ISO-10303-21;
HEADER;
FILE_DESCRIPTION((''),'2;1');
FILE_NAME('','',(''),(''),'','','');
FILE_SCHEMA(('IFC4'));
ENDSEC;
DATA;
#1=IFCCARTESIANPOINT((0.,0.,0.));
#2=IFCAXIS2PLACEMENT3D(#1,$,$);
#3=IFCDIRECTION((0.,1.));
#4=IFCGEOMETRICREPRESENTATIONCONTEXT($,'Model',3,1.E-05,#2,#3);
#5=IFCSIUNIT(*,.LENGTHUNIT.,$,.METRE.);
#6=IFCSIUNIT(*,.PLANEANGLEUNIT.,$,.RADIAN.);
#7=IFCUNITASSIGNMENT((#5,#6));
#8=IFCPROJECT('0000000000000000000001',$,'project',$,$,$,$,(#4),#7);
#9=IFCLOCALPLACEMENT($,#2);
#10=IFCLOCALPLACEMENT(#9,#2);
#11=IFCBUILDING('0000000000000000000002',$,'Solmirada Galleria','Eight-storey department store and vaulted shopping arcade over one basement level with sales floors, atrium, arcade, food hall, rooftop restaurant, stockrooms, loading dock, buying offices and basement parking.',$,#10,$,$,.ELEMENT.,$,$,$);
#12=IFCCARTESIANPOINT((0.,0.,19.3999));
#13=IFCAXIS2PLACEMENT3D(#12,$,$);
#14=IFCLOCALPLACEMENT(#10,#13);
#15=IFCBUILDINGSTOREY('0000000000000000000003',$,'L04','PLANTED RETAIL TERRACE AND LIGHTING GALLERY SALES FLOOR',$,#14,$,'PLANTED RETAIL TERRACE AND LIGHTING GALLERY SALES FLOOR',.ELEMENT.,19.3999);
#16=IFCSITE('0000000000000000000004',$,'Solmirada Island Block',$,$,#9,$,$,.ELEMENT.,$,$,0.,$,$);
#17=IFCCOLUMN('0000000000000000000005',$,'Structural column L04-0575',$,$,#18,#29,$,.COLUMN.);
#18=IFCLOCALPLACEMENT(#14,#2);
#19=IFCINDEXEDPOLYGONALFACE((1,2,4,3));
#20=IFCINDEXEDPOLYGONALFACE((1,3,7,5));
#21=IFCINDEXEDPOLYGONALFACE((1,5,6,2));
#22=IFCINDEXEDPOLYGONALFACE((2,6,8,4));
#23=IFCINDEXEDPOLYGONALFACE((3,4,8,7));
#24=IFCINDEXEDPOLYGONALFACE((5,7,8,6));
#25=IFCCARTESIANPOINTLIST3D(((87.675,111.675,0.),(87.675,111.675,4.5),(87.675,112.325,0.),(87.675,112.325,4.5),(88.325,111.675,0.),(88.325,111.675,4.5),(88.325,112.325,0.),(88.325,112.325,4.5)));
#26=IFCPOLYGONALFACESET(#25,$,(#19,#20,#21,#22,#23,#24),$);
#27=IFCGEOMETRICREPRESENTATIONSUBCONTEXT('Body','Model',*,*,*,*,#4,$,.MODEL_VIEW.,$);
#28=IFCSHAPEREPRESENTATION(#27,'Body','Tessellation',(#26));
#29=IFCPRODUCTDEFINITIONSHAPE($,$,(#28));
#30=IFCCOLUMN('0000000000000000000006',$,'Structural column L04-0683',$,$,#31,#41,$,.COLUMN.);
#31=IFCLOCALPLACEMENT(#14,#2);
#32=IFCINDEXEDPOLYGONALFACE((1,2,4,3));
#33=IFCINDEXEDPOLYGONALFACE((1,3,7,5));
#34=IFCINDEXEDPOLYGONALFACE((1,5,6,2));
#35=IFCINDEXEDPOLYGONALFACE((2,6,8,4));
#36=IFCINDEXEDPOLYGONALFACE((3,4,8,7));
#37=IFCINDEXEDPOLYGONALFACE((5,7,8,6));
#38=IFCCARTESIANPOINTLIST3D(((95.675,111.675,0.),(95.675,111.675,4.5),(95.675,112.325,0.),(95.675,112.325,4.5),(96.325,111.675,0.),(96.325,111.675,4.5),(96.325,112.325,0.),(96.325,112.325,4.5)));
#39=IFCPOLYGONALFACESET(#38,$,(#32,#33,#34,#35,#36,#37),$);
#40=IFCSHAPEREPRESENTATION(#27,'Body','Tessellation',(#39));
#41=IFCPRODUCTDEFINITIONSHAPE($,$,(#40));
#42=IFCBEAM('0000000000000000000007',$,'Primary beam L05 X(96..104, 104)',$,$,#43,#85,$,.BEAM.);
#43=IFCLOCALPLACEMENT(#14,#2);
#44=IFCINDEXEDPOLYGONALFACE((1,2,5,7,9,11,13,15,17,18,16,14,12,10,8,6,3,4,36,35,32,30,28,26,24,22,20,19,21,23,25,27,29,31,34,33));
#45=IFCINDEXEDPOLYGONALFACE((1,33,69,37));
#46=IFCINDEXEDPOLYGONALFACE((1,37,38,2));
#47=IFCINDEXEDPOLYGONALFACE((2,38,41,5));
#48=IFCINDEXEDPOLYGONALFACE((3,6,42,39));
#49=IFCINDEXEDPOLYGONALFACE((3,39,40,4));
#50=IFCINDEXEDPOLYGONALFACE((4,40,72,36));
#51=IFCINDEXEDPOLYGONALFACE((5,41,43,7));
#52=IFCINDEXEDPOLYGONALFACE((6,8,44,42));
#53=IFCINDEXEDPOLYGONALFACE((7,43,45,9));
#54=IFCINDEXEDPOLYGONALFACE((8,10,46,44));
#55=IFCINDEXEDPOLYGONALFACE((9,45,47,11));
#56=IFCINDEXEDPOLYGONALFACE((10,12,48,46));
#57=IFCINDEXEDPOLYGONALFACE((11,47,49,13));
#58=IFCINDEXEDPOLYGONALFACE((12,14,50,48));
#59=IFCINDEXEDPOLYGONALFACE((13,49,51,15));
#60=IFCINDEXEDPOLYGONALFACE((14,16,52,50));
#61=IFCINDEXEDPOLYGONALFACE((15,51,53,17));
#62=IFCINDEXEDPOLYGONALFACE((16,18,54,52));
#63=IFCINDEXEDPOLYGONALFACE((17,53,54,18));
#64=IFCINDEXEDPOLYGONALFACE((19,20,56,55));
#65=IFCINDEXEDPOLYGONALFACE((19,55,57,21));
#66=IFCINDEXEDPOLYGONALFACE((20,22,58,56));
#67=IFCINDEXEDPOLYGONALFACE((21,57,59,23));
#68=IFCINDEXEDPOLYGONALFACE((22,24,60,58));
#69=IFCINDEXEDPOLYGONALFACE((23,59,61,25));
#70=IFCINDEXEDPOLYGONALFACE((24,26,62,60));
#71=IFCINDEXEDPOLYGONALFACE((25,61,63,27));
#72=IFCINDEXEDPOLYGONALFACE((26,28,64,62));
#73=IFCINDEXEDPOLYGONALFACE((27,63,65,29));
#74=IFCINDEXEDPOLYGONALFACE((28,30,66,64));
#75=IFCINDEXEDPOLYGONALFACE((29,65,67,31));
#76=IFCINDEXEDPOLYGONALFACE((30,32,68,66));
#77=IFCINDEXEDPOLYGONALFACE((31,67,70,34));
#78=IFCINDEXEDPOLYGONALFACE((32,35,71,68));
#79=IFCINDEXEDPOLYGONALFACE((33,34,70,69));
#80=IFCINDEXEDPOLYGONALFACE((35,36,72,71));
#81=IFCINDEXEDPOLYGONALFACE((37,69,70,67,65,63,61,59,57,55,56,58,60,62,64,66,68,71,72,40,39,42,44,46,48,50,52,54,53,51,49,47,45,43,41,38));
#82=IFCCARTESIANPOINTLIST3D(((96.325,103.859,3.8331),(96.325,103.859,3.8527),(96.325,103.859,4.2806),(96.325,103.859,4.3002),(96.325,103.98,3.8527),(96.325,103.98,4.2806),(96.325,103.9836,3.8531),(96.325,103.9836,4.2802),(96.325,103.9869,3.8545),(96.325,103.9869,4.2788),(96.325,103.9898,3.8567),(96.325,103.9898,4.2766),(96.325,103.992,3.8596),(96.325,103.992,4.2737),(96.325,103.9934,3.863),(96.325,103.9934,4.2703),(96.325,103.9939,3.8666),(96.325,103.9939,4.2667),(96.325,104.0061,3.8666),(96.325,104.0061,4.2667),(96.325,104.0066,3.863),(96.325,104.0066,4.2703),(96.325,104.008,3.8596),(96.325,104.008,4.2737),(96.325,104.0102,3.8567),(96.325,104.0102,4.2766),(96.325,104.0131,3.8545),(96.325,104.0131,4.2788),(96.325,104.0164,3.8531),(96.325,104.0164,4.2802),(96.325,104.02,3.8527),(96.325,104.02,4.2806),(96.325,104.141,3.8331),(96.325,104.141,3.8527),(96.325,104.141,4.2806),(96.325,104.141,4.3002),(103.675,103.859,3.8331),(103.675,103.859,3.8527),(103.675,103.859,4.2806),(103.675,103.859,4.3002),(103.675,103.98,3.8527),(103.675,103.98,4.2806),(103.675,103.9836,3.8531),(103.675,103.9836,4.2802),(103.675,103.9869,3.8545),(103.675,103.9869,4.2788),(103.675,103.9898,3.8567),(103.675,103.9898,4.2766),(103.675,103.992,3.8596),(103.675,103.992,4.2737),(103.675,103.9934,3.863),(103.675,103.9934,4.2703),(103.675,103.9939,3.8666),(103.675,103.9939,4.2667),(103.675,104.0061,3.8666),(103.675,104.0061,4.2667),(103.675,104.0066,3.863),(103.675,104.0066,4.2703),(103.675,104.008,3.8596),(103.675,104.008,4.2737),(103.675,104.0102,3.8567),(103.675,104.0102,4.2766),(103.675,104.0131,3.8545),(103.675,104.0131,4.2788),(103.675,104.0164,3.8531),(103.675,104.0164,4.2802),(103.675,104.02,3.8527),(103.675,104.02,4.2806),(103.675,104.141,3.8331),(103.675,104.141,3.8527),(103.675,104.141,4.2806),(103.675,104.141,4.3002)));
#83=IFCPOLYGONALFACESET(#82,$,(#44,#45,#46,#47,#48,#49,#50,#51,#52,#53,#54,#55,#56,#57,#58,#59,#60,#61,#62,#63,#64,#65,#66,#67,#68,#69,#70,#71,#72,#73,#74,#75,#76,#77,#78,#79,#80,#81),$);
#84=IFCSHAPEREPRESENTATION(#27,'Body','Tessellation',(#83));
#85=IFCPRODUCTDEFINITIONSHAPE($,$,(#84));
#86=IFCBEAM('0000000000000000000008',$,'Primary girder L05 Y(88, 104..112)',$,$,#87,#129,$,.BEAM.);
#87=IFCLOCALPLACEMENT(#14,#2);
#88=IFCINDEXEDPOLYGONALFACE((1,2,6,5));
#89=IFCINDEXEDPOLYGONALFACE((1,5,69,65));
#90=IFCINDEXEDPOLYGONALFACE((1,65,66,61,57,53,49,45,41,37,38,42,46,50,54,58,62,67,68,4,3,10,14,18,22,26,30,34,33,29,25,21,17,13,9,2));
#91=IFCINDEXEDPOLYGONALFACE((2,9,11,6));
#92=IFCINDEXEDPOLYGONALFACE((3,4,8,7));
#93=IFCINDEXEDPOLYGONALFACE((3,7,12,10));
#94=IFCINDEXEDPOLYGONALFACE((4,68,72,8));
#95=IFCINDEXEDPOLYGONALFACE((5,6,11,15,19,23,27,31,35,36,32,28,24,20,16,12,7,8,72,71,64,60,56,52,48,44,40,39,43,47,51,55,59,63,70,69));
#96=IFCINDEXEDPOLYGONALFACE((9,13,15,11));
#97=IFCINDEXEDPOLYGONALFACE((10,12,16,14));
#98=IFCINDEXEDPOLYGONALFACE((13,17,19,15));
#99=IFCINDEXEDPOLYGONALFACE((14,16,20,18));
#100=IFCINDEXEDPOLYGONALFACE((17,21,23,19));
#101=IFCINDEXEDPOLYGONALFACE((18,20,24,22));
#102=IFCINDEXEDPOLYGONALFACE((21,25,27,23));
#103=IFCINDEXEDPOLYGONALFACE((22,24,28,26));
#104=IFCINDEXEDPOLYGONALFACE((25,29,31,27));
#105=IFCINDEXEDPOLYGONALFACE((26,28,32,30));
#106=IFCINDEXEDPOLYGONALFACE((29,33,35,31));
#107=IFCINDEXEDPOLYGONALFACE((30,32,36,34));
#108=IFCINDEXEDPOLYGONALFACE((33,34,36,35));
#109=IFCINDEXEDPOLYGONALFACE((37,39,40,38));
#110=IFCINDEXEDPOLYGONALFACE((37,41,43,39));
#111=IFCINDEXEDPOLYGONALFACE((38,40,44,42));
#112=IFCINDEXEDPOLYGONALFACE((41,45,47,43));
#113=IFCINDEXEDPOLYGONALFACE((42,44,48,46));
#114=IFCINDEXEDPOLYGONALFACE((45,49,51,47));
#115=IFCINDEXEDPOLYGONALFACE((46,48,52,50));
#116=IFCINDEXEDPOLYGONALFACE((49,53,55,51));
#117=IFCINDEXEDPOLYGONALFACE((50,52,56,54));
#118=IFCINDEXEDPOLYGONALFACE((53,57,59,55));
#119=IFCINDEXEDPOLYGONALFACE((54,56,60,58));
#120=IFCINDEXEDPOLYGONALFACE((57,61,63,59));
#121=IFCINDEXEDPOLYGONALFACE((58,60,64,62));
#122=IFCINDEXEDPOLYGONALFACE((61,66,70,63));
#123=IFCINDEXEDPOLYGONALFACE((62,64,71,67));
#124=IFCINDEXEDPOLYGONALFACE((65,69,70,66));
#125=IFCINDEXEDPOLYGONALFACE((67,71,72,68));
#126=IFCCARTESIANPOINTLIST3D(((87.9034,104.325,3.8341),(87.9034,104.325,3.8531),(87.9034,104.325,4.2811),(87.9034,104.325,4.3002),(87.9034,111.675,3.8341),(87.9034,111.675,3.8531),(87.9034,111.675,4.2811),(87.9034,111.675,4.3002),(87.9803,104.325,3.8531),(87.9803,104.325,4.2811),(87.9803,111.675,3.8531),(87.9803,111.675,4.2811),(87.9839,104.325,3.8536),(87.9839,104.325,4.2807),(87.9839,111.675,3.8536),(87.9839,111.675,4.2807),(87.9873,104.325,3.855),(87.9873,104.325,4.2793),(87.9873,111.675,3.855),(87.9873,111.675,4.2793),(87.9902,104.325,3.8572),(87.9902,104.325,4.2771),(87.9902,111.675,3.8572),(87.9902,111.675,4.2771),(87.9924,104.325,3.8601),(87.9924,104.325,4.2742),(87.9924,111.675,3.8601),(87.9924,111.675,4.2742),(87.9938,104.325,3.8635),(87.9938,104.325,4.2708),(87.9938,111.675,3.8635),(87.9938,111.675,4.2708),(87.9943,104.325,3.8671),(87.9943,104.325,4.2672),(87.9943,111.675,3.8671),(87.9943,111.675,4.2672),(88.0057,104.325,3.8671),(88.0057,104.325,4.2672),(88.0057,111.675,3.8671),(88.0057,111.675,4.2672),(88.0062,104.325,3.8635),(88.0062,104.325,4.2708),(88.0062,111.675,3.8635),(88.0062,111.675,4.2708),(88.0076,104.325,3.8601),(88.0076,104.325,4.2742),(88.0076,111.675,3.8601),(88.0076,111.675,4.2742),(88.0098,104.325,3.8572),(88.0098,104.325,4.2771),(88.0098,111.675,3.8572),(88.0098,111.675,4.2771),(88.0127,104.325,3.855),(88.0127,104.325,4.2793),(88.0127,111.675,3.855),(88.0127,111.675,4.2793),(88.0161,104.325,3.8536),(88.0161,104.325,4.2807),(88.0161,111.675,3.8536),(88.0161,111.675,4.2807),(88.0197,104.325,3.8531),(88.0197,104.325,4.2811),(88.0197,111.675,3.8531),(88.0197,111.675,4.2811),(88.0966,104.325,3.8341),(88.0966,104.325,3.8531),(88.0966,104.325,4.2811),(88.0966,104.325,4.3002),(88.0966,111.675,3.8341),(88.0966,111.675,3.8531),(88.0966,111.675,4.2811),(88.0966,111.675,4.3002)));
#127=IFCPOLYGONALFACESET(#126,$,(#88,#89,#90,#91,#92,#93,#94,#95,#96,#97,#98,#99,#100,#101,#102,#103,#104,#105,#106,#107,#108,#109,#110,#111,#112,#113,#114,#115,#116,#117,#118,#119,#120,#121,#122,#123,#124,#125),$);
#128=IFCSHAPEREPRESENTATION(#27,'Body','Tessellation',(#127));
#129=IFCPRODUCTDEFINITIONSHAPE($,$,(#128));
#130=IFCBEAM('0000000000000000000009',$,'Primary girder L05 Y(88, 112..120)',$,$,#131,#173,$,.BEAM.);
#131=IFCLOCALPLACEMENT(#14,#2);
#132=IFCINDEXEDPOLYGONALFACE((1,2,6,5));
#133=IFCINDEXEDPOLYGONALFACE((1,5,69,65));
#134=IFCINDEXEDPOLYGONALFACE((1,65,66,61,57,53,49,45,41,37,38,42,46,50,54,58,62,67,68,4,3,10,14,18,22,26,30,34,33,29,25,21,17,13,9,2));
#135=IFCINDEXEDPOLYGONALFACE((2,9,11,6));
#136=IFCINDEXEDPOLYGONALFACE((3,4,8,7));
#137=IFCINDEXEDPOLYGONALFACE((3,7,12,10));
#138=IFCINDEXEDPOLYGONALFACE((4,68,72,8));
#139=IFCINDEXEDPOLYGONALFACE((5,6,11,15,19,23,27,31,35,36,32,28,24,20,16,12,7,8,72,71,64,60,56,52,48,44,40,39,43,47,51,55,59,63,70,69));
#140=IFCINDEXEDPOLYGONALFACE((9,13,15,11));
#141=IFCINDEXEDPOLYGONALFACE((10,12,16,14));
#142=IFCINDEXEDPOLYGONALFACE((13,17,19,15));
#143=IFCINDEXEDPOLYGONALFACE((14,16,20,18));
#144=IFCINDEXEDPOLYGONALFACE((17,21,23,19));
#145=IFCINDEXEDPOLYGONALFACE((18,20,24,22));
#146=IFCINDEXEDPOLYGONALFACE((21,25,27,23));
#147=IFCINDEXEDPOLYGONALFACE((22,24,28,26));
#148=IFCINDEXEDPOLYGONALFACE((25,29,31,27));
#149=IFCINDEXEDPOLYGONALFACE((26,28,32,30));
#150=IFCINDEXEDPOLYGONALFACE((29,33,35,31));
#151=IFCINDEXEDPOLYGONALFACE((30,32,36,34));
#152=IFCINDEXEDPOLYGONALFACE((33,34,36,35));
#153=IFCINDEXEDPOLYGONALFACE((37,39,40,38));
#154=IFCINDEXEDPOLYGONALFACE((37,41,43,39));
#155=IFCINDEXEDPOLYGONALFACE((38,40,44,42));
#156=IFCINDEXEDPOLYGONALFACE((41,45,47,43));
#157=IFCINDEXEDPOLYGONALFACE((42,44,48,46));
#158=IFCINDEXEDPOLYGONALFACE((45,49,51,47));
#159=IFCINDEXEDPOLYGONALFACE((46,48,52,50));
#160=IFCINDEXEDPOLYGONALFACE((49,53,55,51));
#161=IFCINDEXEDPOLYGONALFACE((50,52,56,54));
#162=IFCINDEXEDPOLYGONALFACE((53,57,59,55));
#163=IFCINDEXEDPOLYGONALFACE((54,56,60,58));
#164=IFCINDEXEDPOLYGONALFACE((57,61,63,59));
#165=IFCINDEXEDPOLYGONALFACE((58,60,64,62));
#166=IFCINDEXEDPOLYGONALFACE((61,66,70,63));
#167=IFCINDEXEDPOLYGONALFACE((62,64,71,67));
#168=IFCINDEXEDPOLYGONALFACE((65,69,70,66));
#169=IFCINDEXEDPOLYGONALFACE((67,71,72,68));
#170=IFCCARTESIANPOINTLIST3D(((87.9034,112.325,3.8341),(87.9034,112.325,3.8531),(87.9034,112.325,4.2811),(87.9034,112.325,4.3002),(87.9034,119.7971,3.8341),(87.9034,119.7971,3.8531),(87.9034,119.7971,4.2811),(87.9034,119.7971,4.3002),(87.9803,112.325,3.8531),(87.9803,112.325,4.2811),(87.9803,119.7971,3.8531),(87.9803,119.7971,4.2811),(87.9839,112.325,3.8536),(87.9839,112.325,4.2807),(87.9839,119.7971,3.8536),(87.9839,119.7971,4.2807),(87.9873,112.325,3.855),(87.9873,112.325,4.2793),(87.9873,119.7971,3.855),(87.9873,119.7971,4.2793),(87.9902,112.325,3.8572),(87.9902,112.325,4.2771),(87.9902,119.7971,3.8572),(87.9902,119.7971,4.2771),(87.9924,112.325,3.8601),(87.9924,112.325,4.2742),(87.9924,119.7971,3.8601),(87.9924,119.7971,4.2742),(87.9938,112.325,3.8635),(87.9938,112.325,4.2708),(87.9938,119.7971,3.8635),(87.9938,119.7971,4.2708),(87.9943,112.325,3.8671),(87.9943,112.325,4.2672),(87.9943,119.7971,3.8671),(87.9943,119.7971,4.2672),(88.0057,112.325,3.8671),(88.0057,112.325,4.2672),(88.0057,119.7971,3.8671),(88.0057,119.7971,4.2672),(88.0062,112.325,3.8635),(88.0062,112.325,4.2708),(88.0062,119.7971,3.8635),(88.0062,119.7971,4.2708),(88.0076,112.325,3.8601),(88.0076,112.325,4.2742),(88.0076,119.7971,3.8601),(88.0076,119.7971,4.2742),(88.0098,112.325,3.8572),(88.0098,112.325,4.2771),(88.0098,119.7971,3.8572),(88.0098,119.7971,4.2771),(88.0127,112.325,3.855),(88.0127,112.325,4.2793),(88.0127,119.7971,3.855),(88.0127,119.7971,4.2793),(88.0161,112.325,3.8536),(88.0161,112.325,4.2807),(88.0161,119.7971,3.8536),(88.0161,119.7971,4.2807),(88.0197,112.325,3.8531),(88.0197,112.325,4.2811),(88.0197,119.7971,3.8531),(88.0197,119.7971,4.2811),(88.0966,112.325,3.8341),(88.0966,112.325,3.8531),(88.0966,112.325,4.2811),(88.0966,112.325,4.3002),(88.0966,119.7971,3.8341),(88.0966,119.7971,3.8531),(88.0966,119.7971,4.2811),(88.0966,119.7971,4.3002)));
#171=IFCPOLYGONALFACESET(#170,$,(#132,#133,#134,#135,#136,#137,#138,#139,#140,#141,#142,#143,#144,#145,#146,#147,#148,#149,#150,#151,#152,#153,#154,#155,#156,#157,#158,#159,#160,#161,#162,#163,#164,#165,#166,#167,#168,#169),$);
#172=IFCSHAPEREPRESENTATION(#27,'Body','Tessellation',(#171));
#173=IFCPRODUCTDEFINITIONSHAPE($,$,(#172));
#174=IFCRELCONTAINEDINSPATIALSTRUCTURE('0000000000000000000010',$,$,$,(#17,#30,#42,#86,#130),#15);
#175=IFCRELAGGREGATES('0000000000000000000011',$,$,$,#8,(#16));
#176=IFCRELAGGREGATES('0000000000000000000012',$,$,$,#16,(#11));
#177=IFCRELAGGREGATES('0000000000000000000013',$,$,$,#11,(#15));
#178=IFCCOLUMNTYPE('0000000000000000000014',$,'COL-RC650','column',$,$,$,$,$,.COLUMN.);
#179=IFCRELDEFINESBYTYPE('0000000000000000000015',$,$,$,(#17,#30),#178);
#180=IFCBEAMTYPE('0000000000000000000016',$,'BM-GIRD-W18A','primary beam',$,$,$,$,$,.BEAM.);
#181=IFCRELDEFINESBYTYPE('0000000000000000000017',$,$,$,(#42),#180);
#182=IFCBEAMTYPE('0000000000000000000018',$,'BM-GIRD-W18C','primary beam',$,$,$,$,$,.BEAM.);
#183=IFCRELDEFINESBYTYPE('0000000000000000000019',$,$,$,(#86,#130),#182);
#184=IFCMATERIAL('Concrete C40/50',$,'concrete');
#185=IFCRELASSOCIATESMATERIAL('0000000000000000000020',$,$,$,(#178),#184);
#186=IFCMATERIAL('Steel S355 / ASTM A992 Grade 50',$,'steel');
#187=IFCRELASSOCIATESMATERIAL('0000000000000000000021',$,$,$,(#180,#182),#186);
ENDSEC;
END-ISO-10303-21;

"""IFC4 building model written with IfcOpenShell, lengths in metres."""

from ifc_helpers import new_model, si_unit, direction, frame, origin, origin_2d, place, context, subcontext, project, spatial, rectangle, i_section, extrude, material, material_profile, profile_set, type_object, element, save


model = new_model("IFC4")

# Units and contexts
model_context = context("Model", 3, precision=1e-05, world=origin(), true_north=direction((0.0, 1.0)))
body_context = subcontext(model_context, "Body", "Model", "MODEL_VIEW")
ifc_project = project(units=[si_unit("LENGTHUNIT", "METRE"), si_unit("PLANEANGLEUNIT", "RADIAN")], contexts=[model_context])

# Site, building, storey
site_placement = place(None, origin())
site = spatial("IfcSite", under=ifc_project, at=site_placement, Name="Solmirada Island Block", CompositionType="ELEMENT", RefElevation=0.0)
building_placement = place(site_placement, origin())
building = spatial("IfcBuilding", under=site, at=building_placement, Name="Solmirada Galleria", Description="Eight-storey department store and vaulted shopping arcade over one basement level with sales floors, atrium, arcade, food hall, rooftop restaurant, stockrooms, loading dock, buying offices and basement parking.", CompositionType="ELEMENT")
storey_placement = place(building_placement, frame((0.0, 0.0, 19.3999)))
storey = spatial("IfcBuildingStorey", under=building, at=storey_placement, Name="L04", Description="PLANTED RETAIL TERRACE AND LIGHTING GALLERY SALES FLOOR", LongName="PLANTED RETAIL TERRACE AND LIGHTING GALLERY SALES FLOOR", CompositionType="ELEMENT", Elevation=19.3999)

# Columns
ifc_material_1 = material(Name="Concrete C40/50", Category="concrete")
ifc_material_profile_1 = material_profile(ifc_material_1, rectangle(XDim=0.6499, YDim=0.6499, at=origin_2d()), Name="RC650X650")
ifc_profile_set_1 = profile_set([ifc_material_profile_1], Name="Concrete C40/50")
column_type_1 = type_object("IfcColumnType", Name="COL-RC650", Description="column", PredefinedType="COLUMN", material=ifc_profile_set_1)
for number, where, z_axis, x_axis, name in (
    (1, (88.0, 112.0, 0.0), (0.0, 0.0, 1.0), (1.0, 0.0, 0.0), "Structural column L04-0575"),
    (2, (96.0, 112.0, 0.0), (0.0, 0.0, 1.0), (1.0, 0.0, 0.0), "Structural column L04-0683"),
):
    element("IfcColumn", number, at=place(storey_placement, frame(where, z_axis=z_axis, x_axis=x_axis)), inside=storey, type_object=column_type_1, Name=name, PredefinedType="COLUMN", context=body_context, shape_type="SweptSolid", body=[
        extrude(rectangle(XDim=0.6499, YDim=0.6499, at=origin_2d()), origin(), (0.0, 0.0, 1.0), 4.5),
    ])

# Beams
ifc_material_2 = material(Name="Steel S355 / ASTM A992 Grade 50", Category="steel")
ifc_material_profile_2 = material_profile(ifc_material_2, i_section(OverallWidth=0.282, OverallDepth=0.467, WebThickness=0.0122, FlangeThickness=0.0195, FilletRadius=0.0139, at=origin_2d()), Name="W18X86")
ifc_profile_set_2 = profile_set([ifc_material_profile_2], Name="Steel S355 / ASTM A992 Grade 50")
beam_type_1 = type_object("IfcBeamType", Name="BM-GIRD-W18A", Description="primary beam", PredefinedType="BEAM", material=ifc_profile_set_2)
beam_1_placement = place(storey_placement, frame((96.325, 104.0, 4.0667), z_axis=(1.0, 0.0, 0.0), x_axis=(0.0, 1.0, 0.0)))
element("IfcBeam", 3, at=beam_1_placement, inside=storey, type_object=beam_type_1, Name="Primary beam L05 X(96..104, 104)", PredefinedType="BEAM", context=body_context, shape_type="SweptSolid", body=[
    extrude(i_section(OverallWidth=0.282, OverallDepth=0.467, WebThickness=0.0122, FlangeThickness=0.0195, FilletRadius=0.0139, at=origin_2d()), origin(), (0.0, 0.0, 1.0), 7.3501),
])
ifc_material_profile_3 = material_profile(ifc_material_2, i_section(OverallWidth=0.1931, OverallDepth=0.4661, WebThickness=0.0115, FlangeThickness=0.019, FilletRadius=0.0139, at=origin_2d()), Name="W18X65")
ifc_profile_set_3 = profile_set([ifc_material_profile_3], Name="Steel S355 / ASTM A992 Grade 50")
beam_type_2 = type_object("IfcBeamType", Name="BM-GIRD-W18C", Description="primary beam", PredefinedType="BEAM", material=ifc_profile_set_3)
beam_2_placement = place(storey_placement, frame((88.0, 104.325, 4.0671), z_axis=(0.0, 1.0, 0.0), x_axis=(-1.0, 0.0, 0.0)))
element("IfcBeam", 4, at=beam_2_placement, inside=storey, type_object=beam_type_2, Name="Primary girder L05 Y(88, 104..112)", PredefinedType="BEAM", context=body_context, shape_type="SweptSolid", body=[
    extrude(i_section(OverallWidth=0.1931, OverallDepth=0.4661, WebThickness=0.0115, FlangeThickness=0.019, FilletRadius=0.0139, at=origin_2d()), origin(), (0.0, 0.0, 1.0), 7.3501),
])
beam_3_placement = place(storey_placement, frame((88.0, 112.325, 4.0671), z_axis=(0.0, 1.0, 0.0), x_axis=(-1.0, 0.0, 0.0)))
element("IfcBeam", 5, at=beam_3_placement, inside=storey, type_object=beam_type_2, Name="Primary girder L05 Y(88, 112..120)", PredefinedType="BEAM", context=body_context, shape_type="SweptSolid", body=[
    extrude(i_section(OverallWidth=0.1931, OverallDepth=0.4661, WebThickness=0.0115, FlangeThickness=0.019, FilletRadius=0.0139, at=origin_2d()), origin(), (0.0, 0.0, 1.0), 7.4722),
])

save(model, "model.ifc")
